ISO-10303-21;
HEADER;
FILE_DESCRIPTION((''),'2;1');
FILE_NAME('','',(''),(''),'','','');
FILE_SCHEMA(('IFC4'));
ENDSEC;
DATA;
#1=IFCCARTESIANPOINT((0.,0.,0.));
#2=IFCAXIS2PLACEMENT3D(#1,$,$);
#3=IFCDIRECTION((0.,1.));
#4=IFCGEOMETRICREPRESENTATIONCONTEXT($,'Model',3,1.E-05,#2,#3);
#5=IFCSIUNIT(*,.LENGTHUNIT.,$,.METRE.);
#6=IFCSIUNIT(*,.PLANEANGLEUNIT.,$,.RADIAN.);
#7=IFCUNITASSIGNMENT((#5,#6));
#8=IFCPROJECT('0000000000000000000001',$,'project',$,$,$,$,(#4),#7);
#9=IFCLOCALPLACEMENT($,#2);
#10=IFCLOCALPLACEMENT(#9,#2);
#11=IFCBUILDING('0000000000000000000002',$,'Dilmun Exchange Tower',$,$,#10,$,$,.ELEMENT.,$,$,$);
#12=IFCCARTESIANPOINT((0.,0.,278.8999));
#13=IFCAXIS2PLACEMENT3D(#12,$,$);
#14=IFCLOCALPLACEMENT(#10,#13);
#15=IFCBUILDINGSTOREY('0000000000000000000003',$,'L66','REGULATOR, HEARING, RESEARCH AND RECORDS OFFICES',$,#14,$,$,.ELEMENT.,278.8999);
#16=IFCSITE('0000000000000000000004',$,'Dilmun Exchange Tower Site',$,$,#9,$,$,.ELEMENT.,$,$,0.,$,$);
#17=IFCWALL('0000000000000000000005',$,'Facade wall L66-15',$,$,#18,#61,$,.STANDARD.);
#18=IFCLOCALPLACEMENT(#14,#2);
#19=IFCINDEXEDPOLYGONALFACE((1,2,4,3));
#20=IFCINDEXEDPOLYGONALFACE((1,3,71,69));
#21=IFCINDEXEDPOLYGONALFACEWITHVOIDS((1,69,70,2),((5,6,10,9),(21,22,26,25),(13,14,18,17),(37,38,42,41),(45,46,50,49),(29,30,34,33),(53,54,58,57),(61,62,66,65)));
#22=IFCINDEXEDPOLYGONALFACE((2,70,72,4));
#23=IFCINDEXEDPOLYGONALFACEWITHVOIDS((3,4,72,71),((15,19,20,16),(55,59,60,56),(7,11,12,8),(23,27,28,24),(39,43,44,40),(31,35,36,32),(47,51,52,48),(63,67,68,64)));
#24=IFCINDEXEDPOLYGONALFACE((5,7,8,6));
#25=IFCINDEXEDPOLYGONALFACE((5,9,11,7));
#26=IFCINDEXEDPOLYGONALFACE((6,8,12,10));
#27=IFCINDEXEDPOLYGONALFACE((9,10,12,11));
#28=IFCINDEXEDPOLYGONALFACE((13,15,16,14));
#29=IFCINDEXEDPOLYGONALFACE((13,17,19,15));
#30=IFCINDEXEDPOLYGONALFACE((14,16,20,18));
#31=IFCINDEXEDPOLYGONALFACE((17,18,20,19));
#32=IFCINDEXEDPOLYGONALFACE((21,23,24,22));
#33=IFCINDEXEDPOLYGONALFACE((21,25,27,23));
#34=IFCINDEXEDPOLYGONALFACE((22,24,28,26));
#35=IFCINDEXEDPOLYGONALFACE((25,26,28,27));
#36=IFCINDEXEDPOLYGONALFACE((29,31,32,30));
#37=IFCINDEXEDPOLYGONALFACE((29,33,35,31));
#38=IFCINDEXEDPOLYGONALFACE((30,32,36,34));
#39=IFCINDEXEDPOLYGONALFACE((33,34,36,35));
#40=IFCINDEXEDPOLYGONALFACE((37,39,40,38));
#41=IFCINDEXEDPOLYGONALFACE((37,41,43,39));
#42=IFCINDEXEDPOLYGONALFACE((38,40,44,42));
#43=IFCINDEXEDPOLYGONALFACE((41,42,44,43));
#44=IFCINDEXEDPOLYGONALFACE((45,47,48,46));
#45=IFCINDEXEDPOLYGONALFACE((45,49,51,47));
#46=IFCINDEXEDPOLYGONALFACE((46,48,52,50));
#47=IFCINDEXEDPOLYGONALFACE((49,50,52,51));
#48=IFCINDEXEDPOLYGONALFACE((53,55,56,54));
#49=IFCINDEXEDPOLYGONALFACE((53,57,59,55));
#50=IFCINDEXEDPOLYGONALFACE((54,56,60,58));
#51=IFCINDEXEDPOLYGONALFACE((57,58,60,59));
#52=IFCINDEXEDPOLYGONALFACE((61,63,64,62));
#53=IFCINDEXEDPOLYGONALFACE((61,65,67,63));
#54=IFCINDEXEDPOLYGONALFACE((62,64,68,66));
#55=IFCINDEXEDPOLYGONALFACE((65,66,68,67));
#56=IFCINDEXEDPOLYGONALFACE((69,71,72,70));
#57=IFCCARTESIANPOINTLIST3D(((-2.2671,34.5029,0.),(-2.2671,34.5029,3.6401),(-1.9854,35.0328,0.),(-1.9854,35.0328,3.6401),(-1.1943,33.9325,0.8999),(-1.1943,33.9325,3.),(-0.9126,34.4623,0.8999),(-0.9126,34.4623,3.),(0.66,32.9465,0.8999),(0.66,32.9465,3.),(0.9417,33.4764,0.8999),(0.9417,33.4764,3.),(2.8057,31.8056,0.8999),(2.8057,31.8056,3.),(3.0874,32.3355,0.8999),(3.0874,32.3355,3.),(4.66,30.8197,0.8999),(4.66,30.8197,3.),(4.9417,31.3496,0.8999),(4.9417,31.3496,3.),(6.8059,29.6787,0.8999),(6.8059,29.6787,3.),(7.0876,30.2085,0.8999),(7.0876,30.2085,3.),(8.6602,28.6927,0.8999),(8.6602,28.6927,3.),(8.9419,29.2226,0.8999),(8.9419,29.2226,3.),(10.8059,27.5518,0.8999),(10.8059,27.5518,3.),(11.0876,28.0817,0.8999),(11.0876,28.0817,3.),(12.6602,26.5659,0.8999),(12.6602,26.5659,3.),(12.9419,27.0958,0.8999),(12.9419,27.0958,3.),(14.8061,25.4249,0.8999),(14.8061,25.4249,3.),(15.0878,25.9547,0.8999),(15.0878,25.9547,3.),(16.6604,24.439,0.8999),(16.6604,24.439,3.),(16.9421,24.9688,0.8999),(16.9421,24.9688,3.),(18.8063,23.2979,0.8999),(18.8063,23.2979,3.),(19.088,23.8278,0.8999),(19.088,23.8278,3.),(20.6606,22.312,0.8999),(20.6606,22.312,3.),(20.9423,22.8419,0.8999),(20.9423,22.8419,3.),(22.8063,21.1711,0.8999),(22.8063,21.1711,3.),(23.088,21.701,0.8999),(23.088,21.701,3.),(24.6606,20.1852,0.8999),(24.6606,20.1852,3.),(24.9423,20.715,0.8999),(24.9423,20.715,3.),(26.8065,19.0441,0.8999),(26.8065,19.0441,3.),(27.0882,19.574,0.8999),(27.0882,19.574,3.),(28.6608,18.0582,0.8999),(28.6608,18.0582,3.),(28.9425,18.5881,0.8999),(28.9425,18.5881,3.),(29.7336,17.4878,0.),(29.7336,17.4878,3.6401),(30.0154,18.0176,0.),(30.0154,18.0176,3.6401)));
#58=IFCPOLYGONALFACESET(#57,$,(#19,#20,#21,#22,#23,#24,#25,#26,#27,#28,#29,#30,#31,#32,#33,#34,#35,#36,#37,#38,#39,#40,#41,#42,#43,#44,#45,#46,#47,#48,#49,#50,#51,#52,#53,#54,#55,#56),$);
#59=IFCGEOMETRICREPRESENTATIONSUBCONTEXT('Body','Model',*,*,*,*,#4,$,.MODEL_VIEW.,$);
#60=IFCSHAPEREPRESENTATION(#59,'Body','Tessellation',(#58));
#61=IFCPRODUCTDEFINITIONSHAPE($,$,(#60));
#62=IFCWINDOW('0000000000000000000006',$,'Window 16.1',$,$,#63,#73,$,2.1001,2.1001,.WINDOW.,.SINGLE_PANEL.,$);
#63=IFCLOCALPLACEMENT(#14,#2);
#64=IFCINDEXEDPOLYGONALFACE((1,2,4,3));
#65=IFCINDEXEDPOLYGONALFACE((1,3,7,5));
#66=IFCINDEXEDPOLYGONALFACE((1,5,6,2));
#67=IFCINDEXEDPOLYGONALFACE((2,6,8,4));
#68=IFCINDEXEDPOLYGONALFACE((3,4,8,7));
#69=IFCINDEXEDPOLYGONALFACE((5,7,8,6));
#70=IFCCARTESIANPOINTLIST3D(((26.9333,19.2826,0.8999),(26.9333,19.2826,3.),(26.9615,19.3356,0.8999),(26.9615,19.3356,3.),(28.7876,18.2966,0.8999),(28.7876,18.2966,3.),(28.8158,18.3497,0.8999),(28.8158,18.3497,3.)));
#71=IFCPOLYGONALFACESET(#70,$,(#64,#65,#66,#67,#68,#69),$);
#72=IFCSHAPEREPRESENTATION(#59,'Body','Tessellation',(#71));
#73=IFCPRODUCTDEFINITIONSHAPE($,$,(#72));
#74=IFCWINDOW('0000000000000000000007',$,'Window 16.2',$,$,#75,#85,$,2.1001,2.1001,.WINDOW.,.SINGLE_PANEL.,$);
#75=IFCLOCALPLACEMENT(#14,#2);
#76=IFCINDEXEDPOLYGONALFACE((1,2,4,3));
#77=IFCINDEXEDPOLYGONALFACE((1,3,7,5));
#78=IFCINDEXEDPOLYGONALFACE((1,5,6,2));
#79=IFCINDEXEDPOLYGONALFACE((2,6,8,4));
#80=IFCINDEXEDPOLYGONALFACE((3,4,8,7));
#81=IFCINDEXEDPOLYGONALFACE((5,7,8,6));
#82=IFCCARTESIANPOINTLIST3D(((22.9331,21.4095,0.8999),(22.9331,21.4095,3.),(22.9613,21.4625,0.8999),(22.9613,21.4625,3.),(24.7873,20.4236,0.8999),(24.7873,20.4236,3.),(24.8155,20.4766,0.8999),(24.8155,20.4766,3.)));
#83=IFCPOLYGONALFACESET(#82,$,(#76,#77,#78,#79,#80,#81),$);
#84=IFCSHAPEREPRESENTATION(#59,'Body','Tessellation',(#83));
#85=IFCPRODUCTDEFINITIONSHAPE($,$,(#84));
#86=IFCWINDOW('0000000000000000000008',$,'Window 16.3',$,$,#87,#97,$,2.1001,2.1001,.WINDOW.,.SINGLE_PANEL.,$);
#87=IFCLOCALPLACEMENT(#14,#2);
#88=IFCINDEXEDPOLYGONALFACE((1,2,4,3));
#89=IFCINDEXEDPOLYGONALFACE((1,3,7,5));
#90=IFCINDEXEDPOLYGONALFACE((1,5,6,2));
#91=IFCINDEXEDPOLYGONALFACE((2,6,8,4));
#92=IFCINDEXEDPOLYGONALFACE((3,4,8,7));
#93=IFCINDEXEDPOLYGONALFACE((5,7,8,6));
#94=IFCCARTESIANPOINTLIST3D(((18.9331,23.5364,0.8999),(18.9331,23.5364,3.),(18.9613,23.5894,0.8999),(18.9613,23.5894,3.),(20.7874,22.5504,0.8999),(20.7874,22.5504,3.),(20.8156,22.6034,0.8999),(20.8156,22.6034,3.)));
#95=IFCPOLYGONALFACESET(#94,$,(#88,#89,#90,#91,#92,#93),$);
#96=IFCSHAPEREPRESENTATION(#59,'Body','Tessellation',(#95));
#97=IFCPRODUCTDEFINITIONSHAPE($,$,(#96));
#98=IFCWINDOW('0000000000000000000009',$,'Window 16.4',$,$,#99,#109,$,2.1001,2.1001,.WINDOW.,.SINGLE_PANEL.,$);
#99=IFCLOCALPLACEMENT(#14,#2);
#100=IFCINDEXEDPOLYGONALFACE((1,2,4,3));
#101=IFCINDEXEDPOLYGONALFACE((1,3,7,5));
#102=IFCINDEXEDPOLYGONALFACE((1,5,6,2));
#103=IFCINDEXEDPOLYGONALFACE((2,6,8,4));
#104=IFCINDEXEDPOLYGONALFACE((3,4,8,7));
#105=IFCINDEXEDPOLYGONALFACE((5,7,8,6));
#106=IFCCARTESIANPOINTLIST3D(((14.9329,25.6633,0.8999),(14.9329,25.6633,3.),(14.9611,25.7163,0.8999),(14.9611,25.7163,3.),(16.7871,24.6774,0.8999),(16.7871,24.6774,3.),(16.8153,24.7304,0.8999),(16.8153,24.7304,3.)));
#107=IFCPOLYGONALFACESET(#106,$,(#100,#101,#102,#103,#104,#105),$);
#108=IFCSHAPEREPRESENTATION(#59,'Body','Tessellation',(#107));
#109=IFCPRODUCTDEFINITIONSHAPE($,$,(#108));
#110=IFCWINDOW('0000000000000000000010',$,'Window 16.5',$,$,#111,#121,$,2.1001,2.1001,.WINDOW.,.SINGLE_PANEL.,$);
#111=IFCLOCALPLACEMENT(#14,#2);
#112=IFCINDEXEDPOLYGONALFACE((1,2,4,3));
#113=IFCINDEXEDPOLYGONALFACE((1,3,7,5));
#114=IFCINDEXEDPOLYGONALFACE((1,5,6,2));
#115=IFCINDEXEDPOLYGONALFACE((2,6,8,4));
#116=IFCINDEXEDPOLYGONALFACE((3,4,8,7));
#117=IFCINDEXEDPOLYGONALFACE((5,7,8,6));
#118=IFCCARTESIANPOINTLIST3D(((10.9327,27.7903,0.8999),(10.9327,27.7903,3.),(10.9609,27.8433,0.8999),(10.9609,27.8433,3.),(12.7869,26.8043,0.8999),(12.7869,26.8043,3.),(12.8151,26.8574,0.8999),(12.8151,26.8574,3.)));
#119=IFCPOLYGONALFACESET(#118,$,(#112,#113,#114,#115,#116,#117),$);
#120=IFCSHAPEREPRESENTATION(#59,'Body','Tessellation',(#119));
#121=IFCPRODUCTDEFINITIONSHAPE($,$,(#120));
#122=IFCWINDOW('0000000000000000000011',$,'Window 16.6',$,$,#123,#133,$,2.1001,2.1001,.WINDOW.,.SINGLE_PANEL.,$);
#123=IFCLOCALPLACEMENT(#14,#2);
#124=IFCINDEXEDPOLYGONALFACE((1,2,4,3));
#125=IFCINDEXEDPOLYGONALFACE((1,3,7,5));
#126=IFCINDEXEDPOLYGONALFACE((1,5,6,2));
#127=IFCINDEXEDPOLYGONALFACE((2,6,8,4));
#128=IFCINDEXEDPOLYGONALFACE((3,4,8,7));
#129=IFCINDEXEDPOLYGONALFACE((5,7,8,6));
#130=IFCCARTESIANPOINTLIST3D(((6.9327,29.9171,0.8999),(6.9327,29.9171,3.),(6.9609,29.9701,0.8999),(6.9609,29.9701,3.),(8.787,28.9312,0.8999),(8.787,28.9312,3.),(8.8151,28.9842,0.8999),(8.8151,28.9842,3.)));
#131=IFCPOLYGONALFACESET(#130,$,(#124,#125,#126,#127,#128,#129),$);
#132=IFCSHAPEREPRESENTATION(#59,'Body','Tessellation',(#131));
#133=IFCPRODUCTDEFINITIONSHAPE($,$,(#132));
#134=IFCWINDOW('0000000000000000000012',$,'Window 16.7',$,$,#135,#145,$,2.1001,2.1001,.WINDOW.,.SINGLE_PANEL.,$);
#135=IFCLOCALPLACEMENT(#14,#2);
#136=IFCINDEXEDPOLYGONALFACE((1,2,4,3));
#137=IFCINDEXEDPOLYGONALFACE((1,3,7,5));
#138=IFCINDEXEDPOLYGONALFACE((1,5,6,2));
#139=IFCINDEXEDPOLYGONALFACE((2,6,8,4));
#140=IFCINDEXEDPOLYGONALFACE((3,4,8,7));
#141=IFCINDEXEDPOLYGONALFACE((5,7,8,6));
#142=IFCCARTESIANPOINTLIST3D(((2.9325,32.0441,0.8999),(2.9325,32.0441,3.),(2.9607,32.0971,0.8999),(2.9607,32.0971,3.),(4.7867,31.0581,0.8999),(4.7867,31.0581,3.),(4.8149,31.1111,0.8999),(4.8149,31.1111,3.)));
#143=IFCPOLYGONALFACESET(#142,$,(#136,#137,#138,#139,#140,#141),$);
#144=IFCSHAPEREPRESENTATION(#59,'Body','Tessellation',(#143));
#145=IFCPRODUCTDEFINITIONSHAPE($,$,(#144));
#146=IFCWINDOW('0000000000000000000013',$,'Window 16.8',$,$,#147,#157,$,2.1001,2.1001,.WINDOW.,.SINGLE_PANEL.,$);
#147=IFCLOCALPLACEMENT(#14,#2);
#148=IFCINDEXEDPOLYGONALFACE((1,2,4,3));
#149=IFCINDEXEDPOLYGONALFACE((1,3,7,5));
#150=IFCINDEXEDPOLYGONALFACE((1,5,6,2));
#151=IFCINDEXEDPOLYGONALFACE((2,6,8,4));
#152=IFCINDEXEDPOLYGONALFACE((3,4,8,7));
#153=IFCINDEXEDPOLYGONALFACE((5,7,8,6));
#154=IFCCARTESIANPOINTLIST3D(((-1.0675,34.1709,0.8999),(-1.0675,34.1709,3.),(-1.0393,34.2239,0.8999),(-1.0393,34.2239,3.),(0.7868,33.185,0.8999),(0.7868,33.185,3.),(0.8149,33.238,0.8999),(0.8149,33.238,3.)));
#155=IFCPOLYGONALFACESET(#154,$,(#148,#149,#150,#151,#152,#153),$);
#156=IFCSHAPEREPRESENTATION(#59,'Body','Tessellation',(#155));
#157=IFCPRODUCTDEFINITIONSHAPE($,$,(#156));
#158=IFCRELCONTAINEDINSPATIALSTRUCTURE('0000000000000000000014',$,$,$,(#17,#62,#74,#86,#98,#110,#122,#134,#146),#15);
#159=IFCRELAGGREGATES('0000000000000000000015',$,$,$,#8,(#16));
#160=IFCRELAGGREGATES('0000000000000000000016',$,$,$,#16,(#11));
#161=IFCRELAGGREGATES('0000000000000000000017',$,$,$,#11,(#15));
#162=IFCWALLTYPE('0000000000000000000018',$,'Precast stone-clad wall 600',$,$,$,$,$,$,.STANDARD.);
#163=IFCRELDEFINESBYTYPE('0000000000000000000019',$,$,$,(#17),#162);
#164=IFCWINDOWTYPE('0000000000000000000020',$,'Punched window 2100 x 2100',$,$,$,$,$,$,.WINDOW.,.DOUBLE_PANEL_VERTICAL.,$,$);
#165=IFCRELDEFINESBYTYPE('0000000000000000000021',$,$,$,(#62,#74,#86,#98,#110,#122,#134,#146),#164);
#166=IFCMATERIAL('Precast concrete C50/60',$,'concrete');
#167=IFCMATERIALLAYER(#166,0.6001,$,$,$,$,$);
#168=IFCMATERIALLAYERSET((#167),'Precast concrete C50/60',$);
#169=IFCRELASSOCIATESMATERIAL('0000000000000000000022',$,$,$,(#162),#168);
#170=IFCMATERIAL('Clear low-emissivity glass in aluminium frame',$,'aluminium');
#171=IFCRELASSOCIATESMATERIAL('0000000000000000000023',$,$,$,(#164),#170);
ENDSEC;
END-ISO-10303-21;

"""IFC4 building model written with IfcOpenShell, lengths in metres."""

from ifc_helpers import new_model, si_unit, direction, frame, frame_2d, origin, place, context, subcontext, project, spatial, rectangle, extrude, material, layer, layer_set, type_object, element, fill, save


model = new_model("IFC4")

# Units and contexts
model_context = context("Model", 3, precision=1e-05, world=origin(), true_north=direction((0.0, 1.0)))
body_context = subcontext(model_context, "Body", "Model", "MODEL_VIEW")
ifc_project = project(units=[si_unit("LENGTHUNIT", "METRE"), si_unit("PLANEANGLEUNIT", "RADIAN")], contexts=[model_context])

# Site, building, storey
site_placement = place(None, origin())
site = spatial("IfcSite", under=ifc_project, at=site_placement, Name="Dilmun Exchange Tower Site", CompositionType="ELEMENT", RefElevation=0.0)
building_placement = place(site_placement, origin())
building = spatial("IfcBuilding", under=site, at=building_placement, Name="Dilmun Exchange Tower", CompositionType="ELEMENT")
storey_placement = place(building_placement, frame((0.0, 0.0, 278.8999)))
storey = spatial("IfcBuildingStorey", under=building, at=storey_placement, Name="L66", Description="REGULATOR, HEARING, RESEARCH AND RECORDS OFFICES", CompositionType="ELEMENT", Elevation=278.8999)

# Shared definitions
ifc_material_1 = material(Name="Precast concrete C50/60", Category="concrete")
ifc_layer_1 = layer(ifc_material_1, 0.6001)
ifc_layer_set_1 = layer_set([ifc_layer_1], Name="Precast concrete C50/60")
wall_type_1 = type_object("IfcWallType", Name="Precast stone-clad wall 600", PredefinedType="STANDARD", material=ifc_layer_set_1)
ifc_material_2 = material(Name="Clear low-emissivity glass in aluminium frame", Category="aluminium")

# Wall, openings, windows
wall_1_placement = place(storey_placement, frame((29.8745, 17.7527, 0.0), z_axis=(0.0, 0.0, 1.0), x_axis=(-0.882947, 0.469473, 0.0)))
wall_1 = element("IfcWall", 1, at=wall_1_placement, inside=storey, type_object=wall_type_1, Name="Facade wall L66-15", PredefinedType="STANDARD", context=body_context, shape_type="SweptSolid", body=[
    extrude(rectangle(XDim=36.2432, YDim=0.6001, at=frame_2d((18.1216, 0.0))), origin(), (0.0, 0.0, 1.0), 3.6401),
])
opening_1_placement = place(wall_1_placement, frame((1.2151, 0.0, 0.8999)))
opening_1 = element("IfcOpeningElement", 2, at=opening_1_placement, cuts=wall_1, PredefinedType="OPENING", context=body_context, shape_type="SweptSolid", body=[
    extrude(rectangle(XDim=2.1001, YDim=2.1001, at=frame_2d((1.05, 1.05))), frame((0.0, 0.3101, 0.0), z_axis=(0.0, -1.0, 0.0), x_axis=(1.0, 0.0, 0.0)), (0.0, 0.0, 1.0), 0.6201),
])
opening_2_placement = place(wall_1_placement, frame((5.7456, 0.0, 0.8999)))
opening_2 = element("IfcOpeningElement", 3, at=opening_2_placement, cuts=wall_1, PredefinedType="OPENING", context=body_context, shape_type="SweptSolid", body=[
    extrude(rectangle(XDim=2.1001, YDim=2.1001, at=frame_2d((1.05, 1.05))), frame((0.0, 0.3101, 0.0), z_axis=(0.0, -1.0, 0.0), x_axis=(1.0, 0.0, 0.0)), (0.0, 0.0, 1.0), 0.6201),
])
opening_3_placement = place(wall_1_placement, frame((10.2759, 0.0, 0.8999)))
opening_3 = element("IfcOpeningElement", 4, at=opening_3_placement, cuts=wall_1, PredefinedType="OPENING", context=body_context, shape_type="SweptSolid", body=[
    extrude(rectangle(XDim=2.1001, YDim=2.1001, at=frame_2d((1.05, 1.05))), frame((0.0, 0.3101, 0.0), z_axis=(0.0, -1.0, 0.0), x_axis=(1.0, 0.0, 0.0)), (0.0, 0.0, 1.0), 0.6201),
])
opening_4_placement = place(wall_1_placement, frame((14.8064, 0.0, 0.8999)))
opening_4 = element("IfcOpeningElement", 5, at=opening_4_placement, cuts=wall_1, PredefinedType="OPENING", context=body_context, shape_type="SweptSolid", body=[
    extrude(rectangle(XDim=2.1001, YDim=2.1001, at=frame_2d((1.05, 1.05))), frame((0.0, 0.3101, 0.0), z_axis=(0.0, -1.0, 0.0), x_axis=(1.0, 0.0, 0.0)), (0.0, 0.0, 1.0), 0.6201),
])
opening_5_placement = place(wall_1_placement, frame((19.3369, 0.0, 0.8999)))
opening_5 = element("IfcOpeningElement", 6, at=opening_5_placement, cuts=wall_1, PredefinedType="OPENING", context=body_context, shape_type="SweptSolid", body=[
    extrude(rectangle(XDim=2.1001, YDim=2.1001, at=frame_2d((1.05, 1.05))), frame((0.0, 0.3101, 0.0), z_axis=(0.0, -1.0, 0.0), x_axis=(1.0, 0.0, 0.0)), (0.0, 0.0, 1.0), 0.6201),
])
opening_6_placement = place(wall_1_placement, frame((23.8672, 0.0, 0.8999)))
opening_6 = element("IfcOpeningElement", 7, at=opening_6_placement, cuts=wall_1, PredefinedType="OPENING", context=body_context, shape_type="SweptSolid", body=[
    extrude(rectangle(XDim=2.1001, YDim=2.1001, at=frame_2d((1.05, 1.05))), frame((0.0, 0.3101, 0.0), z_axis=(0.0, -1.0, 0.0), x_axis=(1.0, 0.0, 0.0)), (0.0, 0.0, 1.0), 0.6201),
])
opening_7_placement = place(wall_1_placement, frame((28.3977, 0.0, 0.8999)))
opening_7 = element("IfcOpeningElement", 8, at=opening_7_placement, cuts=wall_1, PredefinedType="OPENING", context=body_context, shape_type="SweptSolid", body=[
    extrude(rectangle(XDim=2.1001, YDim=2.1001, at=frame_2d((1.05, 1.05))), frame((0.0, 0.3101, 0.0), z_axis=(0.0, -1.0, 0.0), x_axis=(1.0, 0.0, 0.0)), (0.0, 0.0, 1.0), 0.6201),
])
opening_8_placement = place(wall_1_placement, frame((32.928, 0.0, 0.8999)))
opening_8 = element("IfcOpeningElement", 9, at=opening_8_placement, cuts=wall_1, PredefinedType="OPENING", context=body_context, shape_type="SweptSolid", body=[
    extrude(rectangle(XDim=2.1001, YDim=2.1001, at=frame_2d((1.05, 1.05))), frame((0.0, 0.3101, 0.0), z_axis=(0.0, -1.0, 0.0), x_axis=(1.0, 0.0, 0.0)), (0.0, 0.0, 1.0), 0.6201),
])
window_type_1 = type_object("IfcWindowType", Name="Punched window 2100 x 2100", PartitioningType="DOUBLE_PANEL_VERTICAL", PredefinedType="WINDOW", material=ifc_material_2)
window_1_placement = place(opening_1_placement, origin())
window_1 = element("IfcWindow", 10, at=window_1_placement, inside=storey, type_object=window_type_1, Name="Window 16.1", OverallHeight=2.1001, OverallWidth=2.1001, PartitioningType="SINGLE_PANEL", PredefinedType="WINDOW", context=body_context, shape_type="SweptSolid", body=[
    extrude(rectangle(XDim=2.1001, YDim=2.1001, at=frame_2d((1.05, 1.05))), frame((0.0, 0.03, 0.0), z_axis=(0.0, -1.0, 0.0), x_axis=(1.0, 0.0, 0.0)), (0.0, 0.0, 1.0), 0.0601),
])
fill(opening_1, window_1)
window_2_placement = place(opening_2_placement, origin())
window_2 = element("IfcWindow", 11, at=window_2_placement, inside=storey, type_object=window_type_1, Name="Window 16.2", OverallHeight=2.1001, OverallWidth=2.1001, PartitioningType="SINGLE_PANEL", PredefinedType="WINDOW", context=body_context, shape_type="SweptSolid", body=[
    extrude(rectangle(XDim=2.1001, YDim=2.1001, at=frame_2d((1.05, 1.05))), frame((0.0, 0.03, 0.0), z_axis=(0.0, -1.0, 0.0), x_axis=(1.0, 0.0, 0.0)), (0.0, 0.0, 1.0), 0.0601),
])
fill(opening_2, window_2)
window_3_placement = place(opening_3_placement, origin())
window_3 = element("IfcWindow", 12, at=window_3_placement, inside=storey, type_object=window_type_1, Name="Window 16.3", OverallHeight=2.1001, OverallWidth=2.1001, PartitioningType="SINGLE_PANEL", PredefinedType="WINDOW", context=body_context, shape_type="SweptSolid", body=[
    extrude(rectangle(XDim=2.1001, YDim=2.1001, at=frame_2d((1.05, 1.05))), frame((0.0, 0.03, 0.0), z_axis=(0.0, -1.0, 0.0), x_axis=(1.0, 0.0, 0.0)), (0.0, 0.0, 1.0), 0.0601),
])
fill(opening_3, window_3)
window_4_placement = place(opening_4_placement, origin())
window_4 = element("IfcWindow", 13, at=window_4_placement, inside=storey, type_object=window_type_1, Name="Window 16.4", OverallHeight=2.1001, OverallWidth=2.1001, PartitioningType="SINGLE_PANEL", PredefinedType="WINDOW", context=body_context, shape_type="SweptSolid", body=[
    extrude(rectangle(XDim=2.1001, YDim=2.1001, at=frame_2d((1.05, 1.05))), frame((0.0, 0.03, 0.0), z_axis=(0.0, -1.0, 0.0), x_axis=(1.0, 0.0, 0.0)), (0.0, 0.0, 1.0), 0.0601),
])
fill(opening_4, window_4)
window_5_placement = place(opening_5_placement, origin())
window_5 = element("IfcWindow", 14, at=window_5_placement, inside=storey, type_object=window_type_1, Name="Window 16.5", OverallHeight=2.1001, OverallWidth=2.1001, PartitioningType="SINGLE_PANEL", PredefinedType="WINDOW", context=body_context, shape_type="SweptSolid", body=[
    extrude(rectangle(XDim=2.1001, YDim=2.1001, at=frame_2d((1.05, 1.05))), frame((0.0, 0.03, 0.0), z_axis=(0.0, -1.0, 0.0), x_axis=(1.0, 0.0, 0.0)), (0.0, 0.0, 1.0), 0.0601),
])
fill(opening_5, window_5)
window_6_placement = place(opening_6_placement, origin())
window_6 = element("IfcWindow", 15, at=window_6_placement, inside=storey, type_object=window_type_1, Name="Window 16.6", OverallHeight=2.1001, OverallWidth=2.1001, PartitioningType="SINGLE_PANEL", PredefinedType="WINDOW", context=body_context, shape_type="SweptSolid", body=[
    extrude(rectangle(XDim=2.1001, YDim=2.1001, at=frame_2d((1.05, 1.05))), frame((0.0, 0.03, 0.0), z_axis=(0.0, -1.0, 0.0), x_axis=(1.0, 0.0, 0.0)), (0.0, 0.0, 1.0), 0.0601),
])
fill(opening_6, window_6)
window_7_placement = place(opening_7_placement, origin())
window_7 = element("IfcWindow", 16, at=window_7_placement, inside=storey, type_object=window_type_1, Name="Window 16.7", OverallHeight=2.1001, OverallWidth=2.1001, PartitioningType="SINGLE_PANEL", PredefinedType="WINDOW", context=body_context, shape_type="SweptSolid", body=[
    extrude(rectangle(XDim=2.1001, YDim=2.1001, at=frame_2d((1.05, 1.05))), frame((0.0, 0.03, 0.0), z_axis=(0.0, -1.0, 0.0), x_axis=(1.0, 0.0, 0.0)), (0.0, 0.0, 1.0), 0.0601),
])
fill(opening_7, window_7)
window_8_placement = place(opening_8_placement, origin())
window_8 = element("IfcWindow", 17, at=window_8_placement, inside=storey, type_object=window_type_1, Name="Window 16.8", OverallHeight=2.1001, OverallWidth=2.1001, PartitioningType="SINGLE_PANEL", PredefinedType="WINDOW", context=body_context, shape_type="SweptSolid", body=[
    extrude(rectangle(XDim=2.1001, YDim=2.1001, at=frame_2d((1.05, 1.05))), frame((0.0, 0.03, 0.0), z_axis=(0.0, -1.0, 0.0), x_axis=(1.0, 0.0, 0.0)), (0.0, 0.0, 1.0), 0.0601),
])
fill(opening_8, window_8)

save(model, "model.ifc")
